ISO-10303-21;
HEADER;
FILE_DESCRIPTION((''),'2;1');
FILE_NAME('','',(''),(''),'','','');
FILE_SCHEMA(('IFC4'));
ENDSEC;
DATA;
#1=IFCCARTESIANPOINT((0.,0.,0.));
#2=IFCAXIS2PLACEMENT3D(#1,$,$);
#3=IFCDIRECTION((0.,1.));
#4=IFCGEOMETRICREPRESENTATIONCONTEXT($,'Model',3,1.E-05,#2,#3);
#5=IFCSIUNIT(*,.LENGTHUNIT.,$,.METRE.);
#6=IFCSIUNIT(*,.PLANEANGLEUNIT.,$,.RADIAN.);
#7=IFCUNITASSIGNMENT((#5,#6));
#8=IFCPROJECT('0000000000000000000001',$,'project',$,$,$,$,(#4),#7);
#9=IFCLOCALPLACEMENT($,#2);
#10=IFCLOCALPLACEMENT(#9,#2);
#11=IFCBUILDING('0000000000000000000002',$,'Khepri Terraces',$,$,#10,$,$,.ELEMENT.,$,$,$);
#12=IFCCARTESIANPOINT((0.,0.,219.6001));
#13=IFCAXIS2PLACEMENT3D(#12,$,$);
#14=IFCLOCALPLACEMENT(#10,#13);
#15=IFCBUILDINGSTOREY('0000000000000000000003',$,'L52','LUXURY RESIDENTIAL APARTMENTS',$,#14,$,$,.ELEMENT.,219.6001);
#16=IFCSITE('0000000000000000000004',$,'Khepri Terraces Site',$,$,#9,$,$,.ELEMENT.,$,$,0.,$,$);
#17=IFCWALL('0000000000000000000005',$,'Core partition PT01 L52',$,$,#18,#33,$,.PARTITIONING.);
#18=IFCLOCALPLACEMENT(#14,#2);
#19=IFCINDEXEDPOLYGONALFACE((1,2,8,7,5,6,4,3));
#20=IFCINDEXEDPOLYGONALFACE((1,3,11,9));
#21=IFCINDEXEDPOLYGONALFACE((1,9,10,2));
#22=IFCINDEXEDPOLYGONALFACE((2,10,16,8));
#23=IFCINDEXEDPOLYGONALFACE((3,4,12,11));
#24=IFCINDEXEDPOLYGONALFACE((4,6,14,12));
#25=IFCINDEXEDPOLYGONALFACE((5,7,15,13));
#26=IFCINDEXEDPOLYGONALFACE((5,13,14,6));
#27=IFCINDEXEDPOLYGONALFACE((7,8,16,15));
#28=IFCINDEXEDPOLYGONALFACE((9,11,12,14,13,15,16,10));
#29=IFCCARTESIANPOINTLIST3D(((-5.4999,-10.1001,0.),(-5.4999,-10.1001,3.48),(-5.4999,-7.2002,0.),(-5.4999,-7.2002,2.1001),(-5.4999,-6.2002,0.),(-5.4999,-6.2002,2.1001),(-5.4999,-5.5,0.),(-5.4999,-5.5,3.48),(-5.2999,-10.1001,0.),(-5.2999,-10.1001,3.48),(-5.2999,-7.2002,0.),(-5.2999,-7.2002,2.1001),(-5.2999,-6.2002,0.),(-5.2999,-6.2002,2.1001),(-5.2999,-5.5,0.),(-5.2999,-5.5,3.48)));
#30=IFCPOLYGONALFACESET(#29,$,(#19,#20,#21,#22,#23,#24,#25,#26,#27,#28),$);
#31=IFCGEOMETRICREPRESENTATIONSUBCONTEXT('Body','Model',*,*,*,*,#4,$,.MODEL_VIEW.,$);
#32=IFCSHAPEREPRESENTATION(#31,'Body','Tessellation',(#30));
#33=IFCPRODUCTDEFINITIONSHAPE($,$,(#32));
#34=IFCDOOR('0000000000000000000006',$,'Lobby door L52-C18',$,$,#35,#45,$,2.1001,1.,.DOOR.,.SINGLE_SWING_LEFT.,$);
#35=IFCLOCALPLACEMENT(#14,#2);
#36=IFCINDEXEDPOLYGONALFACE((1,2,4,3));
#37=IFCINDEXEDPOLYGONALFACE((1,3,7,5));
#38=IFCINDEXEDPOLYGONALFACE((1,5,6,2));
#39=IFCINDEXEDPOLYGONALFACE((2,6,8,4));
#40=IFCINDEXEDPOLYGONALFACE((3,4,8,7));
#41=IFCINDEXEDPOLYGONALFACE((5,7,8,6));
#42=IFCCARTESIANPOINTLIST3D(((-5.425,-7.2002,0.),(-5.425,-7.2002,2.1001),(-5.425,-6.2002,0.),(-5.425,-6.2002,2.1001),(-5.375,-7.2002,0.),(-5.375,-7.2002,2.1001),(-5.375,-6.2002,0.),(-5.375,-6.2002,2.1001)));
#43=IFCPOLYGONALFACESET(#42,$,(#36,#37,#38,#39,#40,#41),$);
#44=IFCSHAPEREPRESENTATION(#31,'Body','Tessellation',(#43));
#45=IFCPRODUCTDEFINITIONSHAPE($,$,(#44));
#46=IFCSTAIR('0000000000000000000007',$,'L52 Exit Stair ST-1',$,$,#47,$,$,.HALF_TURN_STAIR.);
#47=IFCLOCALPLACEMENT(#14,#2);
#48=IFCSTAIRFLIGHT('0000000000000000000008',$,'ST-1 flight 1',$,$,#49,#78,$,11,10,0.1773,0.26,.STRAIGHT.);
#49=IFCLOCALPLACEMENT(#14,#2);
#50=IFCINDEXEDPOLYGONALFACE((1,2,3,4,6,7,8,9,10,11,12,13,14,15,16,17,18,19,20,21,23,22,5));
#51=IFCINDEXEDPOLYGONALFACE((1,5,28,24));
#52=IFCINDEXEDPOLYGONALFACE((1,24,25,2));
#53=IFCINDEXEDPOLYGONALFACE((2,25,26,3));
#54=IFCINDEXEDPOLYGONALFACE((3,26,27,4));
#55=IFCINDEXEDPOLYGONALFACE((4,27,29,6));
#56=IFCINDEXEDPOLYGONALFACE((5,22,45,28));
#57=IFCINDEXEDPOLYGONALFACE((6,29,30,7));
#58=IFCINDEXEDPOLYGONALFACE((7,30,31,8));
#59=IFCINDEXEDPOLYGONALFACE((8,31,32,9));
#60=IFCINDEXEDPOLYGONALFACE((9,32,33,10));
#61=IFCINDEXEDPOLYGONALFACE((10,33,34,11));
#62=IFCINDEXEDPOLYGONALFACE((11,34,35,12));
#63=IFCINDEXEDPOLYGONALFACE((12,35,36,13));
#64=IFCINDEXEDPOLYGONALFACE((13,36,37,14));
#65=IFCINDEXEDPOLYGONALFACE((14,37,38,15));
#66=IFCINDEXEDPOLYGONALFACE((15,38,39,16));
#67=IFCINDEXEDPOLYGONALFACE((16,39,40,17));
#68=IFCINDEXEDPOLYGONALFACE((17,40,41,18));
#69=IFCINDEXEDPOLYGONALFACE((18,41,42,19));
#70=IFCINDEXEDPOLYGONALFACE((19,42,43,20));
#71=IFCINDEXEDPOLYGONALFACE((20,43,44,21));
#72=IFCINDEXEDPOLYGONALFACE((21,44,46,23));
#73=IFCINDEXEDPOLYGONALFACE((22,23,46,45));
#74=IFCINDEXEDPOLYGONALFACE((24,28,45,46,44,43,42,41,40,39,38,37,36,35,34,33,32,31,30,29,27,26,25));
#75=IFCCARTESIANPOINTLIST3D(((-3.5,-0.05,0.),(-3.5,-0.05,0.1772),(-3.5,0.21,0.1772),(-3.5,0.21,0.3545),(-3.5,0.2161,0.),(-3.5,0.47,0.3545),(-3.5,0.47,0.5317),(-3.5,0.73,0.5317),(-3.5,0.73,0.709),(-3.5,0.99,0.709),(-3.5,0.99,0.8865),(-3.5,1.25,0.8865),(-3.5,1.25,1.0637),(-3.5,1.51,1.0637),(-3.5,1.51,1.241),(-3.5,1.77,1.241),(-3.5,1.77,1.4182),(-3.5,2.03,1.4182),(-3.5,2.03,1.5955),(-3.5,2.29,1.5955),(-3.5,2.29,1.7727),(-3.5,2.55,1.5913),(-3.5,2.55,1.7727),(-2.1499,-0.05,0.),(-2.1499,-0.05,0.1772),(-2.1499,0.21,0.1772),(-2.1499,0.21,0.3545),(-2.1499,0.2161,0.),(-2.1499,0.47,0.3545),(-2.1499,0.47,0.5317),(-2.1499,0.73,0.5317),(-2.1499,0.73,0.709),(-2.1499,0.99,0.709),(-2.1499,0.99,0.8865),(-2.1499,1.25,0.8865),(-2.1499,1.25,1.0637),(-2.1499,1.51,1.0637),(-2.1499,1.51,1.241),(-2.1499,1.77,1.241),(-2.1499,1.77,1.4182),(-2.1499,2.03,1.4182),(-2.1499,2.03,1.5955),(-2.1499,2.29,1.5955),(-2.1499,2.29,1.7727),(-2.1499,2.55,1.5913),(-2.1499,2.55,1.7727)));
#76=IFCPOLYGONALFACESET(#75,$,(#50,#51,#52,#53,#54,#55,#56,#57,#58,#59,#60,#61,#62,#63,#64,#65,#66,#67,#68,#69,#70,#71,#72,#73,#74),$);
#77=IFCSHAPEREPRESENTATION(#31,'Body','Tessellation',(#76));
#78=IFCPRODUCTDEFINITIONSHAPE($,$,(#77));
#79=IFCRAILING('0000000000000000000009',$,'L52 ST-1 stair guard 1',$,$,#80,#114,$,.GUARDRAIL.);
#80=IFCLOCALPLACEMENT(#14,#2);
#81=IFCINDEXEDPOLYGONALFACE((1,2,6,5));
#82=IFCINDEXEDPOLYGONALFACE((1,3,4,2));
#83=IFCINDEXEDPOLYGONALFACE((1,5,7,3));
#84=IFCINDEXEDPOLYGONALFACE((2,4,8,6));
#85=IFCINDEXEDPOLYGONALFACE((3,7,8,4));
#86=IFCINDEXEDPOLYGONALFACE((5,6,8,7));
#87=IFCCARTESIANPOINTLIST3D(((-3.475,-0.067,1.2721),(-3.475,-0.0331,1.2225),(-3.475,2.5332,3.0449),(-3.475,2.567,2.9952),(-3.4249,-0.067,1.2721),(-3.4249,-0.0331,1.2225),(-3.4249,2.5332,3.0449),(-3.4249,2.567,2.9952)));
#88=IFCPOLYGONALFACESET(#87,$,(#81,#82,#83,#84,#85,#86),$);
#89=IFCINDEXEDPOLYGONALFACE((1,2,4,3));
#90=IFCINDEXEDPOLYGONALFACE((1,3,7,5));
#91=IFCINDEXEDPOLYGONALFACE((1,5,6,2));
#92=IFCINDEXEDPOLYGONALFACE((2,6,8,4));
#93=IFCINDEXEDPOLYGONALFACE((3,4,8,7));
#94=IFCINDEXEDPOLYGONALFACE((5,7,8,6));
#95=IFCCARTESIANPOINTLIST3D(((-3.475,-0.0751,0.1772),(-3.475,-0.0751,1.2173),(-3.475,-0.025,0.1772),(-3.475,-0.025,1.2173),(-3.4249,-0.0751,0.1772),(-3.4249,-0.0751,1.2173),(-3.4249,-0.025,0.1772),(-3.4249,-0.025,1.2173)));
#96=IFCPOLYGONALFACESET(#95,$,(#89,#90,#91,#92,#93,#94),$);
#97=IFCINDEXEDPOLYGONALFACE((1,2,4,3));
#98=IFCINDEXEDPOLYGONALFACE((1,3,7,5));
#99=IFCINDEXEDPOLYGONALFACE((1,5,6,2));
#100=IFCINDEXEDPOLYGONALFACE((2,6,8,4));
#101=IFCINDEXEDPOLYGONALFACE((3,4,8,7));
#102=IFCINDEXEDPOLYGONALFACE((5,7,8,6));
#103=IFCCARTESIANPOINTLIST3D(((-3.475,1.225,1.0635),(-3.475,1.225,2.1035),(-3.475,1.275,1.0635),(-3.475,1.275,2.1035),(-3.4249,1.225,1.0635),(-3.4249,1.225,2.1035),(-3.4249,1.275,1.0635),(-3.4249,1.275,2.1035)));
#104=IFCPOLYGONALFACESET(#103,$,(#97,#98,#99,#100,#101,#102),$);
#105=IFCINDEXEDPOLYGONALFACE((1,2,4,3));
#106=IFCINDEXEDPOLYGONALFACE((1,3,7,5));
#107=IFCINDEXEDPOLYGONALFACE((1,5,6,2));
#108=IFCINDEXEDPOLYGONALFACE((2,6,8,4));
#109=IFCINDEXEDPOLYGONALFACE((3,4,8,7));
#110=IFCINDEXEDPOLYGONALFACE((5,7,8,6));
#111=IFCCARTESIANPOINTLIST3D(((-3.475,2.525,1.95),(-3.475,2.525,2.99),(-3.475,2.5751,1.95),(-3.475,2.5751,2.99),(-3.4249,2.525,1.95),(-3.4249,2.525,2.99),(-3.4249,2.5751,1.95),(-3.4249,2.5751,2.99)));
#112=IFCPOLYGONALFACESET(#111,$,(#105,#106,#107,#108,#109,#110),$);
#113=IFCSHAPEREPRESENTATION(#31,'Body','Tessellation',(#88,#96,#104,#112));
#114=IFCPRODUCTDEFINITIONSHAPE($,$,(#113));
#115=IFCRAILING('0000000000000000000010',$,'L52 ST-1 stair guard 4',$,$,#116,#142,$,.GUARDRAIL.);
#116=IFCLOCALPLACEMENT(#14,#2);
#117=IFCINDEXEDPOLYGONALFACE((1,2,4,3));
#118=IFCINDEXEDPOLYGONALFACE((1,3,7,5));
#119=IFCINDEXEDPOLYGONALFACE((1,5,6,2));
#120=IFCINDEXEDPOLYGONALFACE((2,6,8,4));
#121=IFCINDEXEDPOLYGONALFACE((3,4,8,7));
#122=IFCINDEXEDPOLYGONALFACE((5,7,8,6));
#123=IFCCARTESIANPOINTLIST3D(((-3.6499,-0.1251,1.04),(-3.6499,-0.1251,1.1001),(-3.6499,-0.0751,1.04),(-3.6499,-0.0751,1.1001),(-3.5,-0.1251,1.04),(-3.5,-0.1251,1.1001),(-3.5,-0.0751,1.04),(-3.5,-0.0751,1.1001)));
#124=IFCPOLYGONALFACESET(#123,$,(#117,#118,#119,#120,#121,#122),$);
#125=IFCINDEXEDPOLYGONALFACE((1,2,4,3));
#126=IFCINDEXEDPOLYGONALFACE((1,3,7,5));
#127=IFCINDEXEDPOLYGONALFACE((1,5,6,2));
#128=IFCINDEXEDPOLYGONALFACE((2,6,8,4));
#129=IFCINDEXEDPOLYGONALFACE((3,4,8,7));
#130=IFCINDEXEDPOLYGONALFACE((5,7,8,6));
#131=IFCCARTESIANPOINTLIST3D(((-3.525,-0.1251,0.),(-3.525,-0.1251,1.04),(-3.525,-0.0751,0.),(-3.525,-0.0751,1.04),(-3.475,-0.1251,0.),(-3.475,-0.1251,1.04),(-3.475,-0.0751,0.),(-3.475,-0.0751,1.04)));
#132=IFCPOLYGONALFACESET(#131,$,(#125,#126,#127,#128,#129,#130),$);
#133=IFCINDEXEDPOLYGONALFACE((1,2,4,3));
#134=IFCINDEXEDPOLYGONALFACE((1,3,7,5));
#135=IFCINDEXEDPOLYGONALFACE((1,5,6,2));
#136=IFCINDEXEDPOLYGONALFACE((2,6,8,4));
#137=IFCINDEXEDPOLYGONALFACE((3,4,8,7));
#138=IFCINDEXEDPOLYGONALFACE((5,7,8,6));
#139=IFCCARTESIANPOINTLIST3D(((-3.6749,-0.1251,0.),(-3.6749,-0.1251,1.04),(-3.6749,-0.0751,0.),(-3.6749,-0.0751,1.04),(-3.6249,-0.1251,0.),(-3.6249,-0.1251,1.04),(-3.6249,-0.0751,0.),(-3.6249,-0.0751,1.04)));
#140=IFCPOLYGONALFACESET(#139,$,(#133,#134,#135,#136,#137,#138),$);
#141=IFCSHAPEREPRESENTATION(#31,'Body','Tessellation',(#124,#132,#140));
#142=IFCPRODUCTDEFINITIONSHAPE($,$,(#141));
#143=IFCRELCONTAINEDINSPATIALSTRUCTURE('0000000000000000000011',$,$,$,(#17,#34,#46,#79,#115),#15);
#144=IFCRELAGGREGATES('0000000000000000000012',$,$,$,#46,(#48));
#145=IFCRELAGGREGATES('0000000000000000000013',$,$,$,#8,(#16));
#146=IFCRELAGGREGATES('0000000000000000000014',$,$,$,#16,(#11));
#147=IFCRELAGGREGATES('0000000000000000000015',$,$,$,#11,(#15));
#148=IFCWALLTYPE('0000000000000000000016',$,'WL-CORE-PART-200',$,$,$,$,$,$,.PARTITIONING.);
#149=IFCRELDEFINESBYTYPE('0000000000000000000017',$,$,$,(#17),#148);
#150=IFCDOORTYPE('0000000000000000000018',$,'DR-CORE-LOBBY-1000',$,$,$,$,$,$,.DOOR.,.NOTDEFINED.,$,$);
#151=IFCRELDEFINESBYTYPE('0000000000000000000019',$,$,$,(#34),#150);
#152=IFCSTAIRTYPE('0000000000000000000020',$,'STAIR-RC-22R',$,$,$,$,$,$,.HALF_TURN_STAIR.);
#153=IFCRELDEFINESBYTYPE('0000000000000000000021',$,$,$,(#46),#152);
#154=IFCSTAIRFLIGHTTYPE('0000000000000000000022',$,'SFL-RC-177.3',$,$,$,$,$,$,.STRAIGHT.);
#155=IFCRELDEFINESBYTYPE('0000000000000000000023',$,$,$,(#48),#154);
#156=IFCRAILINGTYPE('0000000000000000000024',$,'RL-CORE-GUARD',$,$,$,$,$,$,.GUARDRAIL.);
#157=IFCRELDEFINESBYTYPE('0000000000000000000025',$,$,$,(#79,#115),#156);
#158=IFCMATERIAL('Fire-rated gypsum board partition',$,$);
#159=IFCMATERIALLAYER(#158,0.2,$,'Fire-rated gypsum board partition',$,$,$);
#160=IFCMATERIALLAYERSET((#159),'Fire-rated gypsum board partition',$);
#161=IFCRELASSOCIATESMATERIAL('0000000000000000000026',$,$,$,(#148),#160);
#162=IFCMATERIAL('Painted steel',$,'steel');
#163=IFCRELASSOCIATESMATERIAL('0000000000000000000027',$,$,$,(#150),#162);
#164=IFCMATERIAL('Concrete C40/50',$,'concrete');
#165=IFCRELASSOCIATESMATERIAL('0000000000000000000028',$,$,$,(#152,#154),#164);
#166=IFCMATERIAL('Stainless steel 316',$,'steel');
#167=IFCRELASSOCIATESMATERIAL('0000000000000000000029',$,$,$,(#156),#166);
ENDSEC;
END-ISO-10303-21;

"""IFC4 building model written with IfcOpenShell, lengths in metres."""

from ifc_helpers import new_model, si_unit, direction, frame, frame_2d, origin, origin_2d, place, context, subcontext, project, spatial, polyline, rectangle, outline, extrude, material, layer, layer_set, type_object, element, fill, aggregate, save


model = new_model("IFC4")

# Units and contexts
model_context = context("Model", 3, precision=1e-05, world=origin(), true_north=direction((0.0, 1.0)))
body_context = subcontext(model_context, "Body", "Model", "MODEL_VIEW")
ifc_project = project(units=[si_unit("LENGTHUNIT", "METRE"), si_unit("PLANEANGLEUNIT", "RADIAN")], contexts=[model_context])

# Site, building, storey
site_placement = place(None, origin())
site = spatial("IfcSite", under=ifc_project, at=site_placement, Name="Khepri Terraces Site", CompositionType="ELEMENT", RefElevation=0.0)
building_placement = place(site_placement, origin())
building = spatial("IfcBuilding", under=site, at=building_placement, Name="Khepri Terraces", CompositionType="ELEMENT")
storey_placement = place(building_placement, frame((0.0, 0.0, 219.6001)))
storey = spatial("IfcBuildingStorey", under=building, at=storey_placement, Name="L52", Description="LUXURY RESIDENTIAL APARTMENTS", CompositionType="ELEMENT", Elevation=219.6001)

# Shared definitions
ifc_material_1 = material(Name="Painted steel", Category="steel")

# Shared definitions
ifc_material_2 = material(Name="Fire-rated gypsum board partition")

# Wall, opening, door
ifc_layer_1 = layer(ifc_material_2, 0.2, Name="Fire-rated gypsum board partition")
ifc_layer_set_1 = layer_set([ifc_layer_1], Name="Fire-rated gypsum board partition")
wall_type_1 = type_object("IfcWallType", Name="WL-CORE-PART-200", PredefinedType="PARTITIONING", material=ifc_layer_set_1)
wall_1_placement = place(storey_placement, frame((-5.3999, -10.1001, 0.0), z_axis=(0.0, 0.0, 1.0), x_axis=(0.0, 1.0, 0.0)))
wall_1 = element("IfcWall", 1, at=wall_1_placement, inside=storey, type_object=wall_type_1, Name="Core partition PT01 L52", PredefinedType="PARTITIONING", context=body_context, shape_type="SweptSolid", body=[
    extrude(rectangle(XDim=4.6001, YDim=0.2, at=frame_2d((2.3, 0.0))), origin(), (0.0, 0.0, 1.0), 3.48),
])
opening_1_placement = place(wall_1_placement, frame((2.8999, 0.0, 0.0)))
opening_1 = element("IfcOpeningElement", 2, at=opening_1_placement, cuts=wall_1, PredefinedType="OPENING", context=body_context, shape_type="SweptSolid", body=[
    extrude(rectangle(XDim=1.0, YDim=2.1001, at=frame_2d((0.5, 1.05))), frame((0.0, 0.1099, 0.0), z_axis=(0.0, -1.0, 0.0), x_axis=(1.0, 0.0, 0.0)), (0.0, 0.0, 1.0), 0.22),
])
door_type_1 = type_object("IfcDoorType", Name="DR-CORE-LOBBY-1000", OperationType="NOTDEFINED", PredefinedType="DOOR", material=ifc_material_1)
door_1_placement = place(opening_1_placement, frame((1.0, 0.0, 0.0), z_axis=(0.0, 0.0, 1.0), x_axis=(-1.0, 0.0, 0.0)))
door_1 = element("IfcDoor", 3, at=door_1_placement, inside=storey, type_object=door_type_1, Name="Lobby door L52-C18", OperationType="SINGLE_SWING_LEFT", OverallHeight=2.1001, OverallWidth=1.0, PredefinedType="DOOR", context=body_context, shape_type="SweptSolid", body=[
    extrude(rectangle(XDim=1.0, YDim=2.1001, at=frame_2d((0.5, 1.05))), frame((0.0, 0.0249, 0.0), z_axis=(0.0, -1.0, 0.0), x_axis=(1.0, 0.0, 0.0)), (0.0, 0.0, 1.0), 0.05),
])
fill(opening_1, door_1)

# Stair, stair flight
ifc_material_3 = material(Name="Concrete C40/50", Category="concrete")
stair_type = type_object("IfcStairType", Name="STAIR-RC-22R", PredefinedType="HALF_TURN_STAIR", material=ifc_material_3)
stair_placement = place(storey_placement, origin())
stair = element("IfcStair", 4, at=stair_placement, inside=storey, type_object=stair_type, Name="L52 Exit Stair ST-1", PredefinedType="HALF_TURN_STAIR")
stair_flight_type = type_object("IfcStairFlightType", Name="SFL-RC-177.3", PredefinedType="STRAIGHT", material=ifc_material_3)
stair_flight_placement = place(storey_placement, frame((-2.825, -0.05, 0.0), z_axis=(0.0, 0.0, 1.0), x_axis=(0.0, 1.0, 0.0)))
stair_flight = element("IfcStairFlight", 5, at=stair_flight_placement, type_object=stair_flight_type, Name="ST-1 flight 1", NumberOfRisers=11, NumberOfTreads=10, PredefinedType="STRAIGHT", RiserHeight=0.1773, TreadLength=0.26, context=body_context, shape_type="SweptSolid", body=[
    extrude(outline(polyline([(0.0, 0.0), (0.0, 0.1772), (0.26, 0.1772), (0.26, 0.3545), (0.52, 0.3545), (0.52, 0.5317), (0.78, 0.5317), (0.78, 0.709), (1.04, 0.709), (1.04, 0.8865), (1.3, 0.8865), (1.3, 1.0637), (1.5601, 1.0637), (1.5601, 1.241), (1.8201, 1.241), (1.8201, 1.4182), (2.0801, 1.4182), (2.0801, 1.5955), (2.3401, 1.5955), (2.3401, 1.7727), (2.6001, 1.7727), (2.6001, 1.95), (2.6001, 1.5913), (0.2661, 0.0), (0.0, 0.0)])), frame((0.0, 0.675, 0.0), z_axis=(0.0, -1.0, 0.0), x_axis=(1.0, 0.0, 0.0)), (0.0, 0.0, 1.0), 1.3501),
])
aggregate(stair, [stair_flight])

# Railings
ifc_material_4 = material(Name="Stainless steel 316", Category="steel")
railing_type = type_object("IfcRailingType", Name="RL-CORE-GUARD", PredefinedType="GUARDRAIL", material=ifc_material_4)
railing_1_placement = place(storey_placement, frame((-3.45, -0.05, 0.1772)))
element("IfcRailing", 6, at=railing_1_placement, inside=storey, type_object=railing_type, Name="L52 ST-1 stair guard 1", PredefinedType="GUARDRAIL", context=body_context, shape_type="SweptSolid", body=[
    extrude(rectangle(XDim=0.05, YDim=0.0601, at=origin_2d()), frame((0.0, 0.0, 1.0701), z_axis=(0.0, 0.82624, 0.563318), x_axis=(-1.0, 0.0, 0.0)), (0.0, 0.0, 1.0), 3.147),
    extrude(rectangle(XDim=0.05, YDim=0.05, at=origin_2d()), origin(), (0.0, 0.0, 1.0), 1.04),
    extrude(rectangle(XDim=0.05, YDim=0.05, at=origin_2d()), frame((0.0, 1.3, 0.8862)), (0.0, 0.0, 1.0), 1.04),
    extrude(rectangle(XDim=0.05, YDim=0.05, at=origin_2d()), frame((0.0, 2.6001, 1.7727)), (0.0, 0.0, 1.0), 1.04),
])
railing_2_placement = place(storey_placement, frame((-3.5, -0.1001, 0.0)))
element("IfcRailing", 7, at=railing_2_placement, inside=storey, type_object=railing_type, Name="L52 ST-1 stair guard 4", PredefinedType="GUARDRAIL", context=body_context, shape_type="SweptSolid", body=[
    extrude(rectangle(XDim=0.05, YDim=0.0601, at=origin_2d()), frame((0.0, 0.0, 1.0701), z_axis=(-1.0, 0.0, 0.0), x_axis=(0.0, -1.0, 0.0)), (0.0, 0.0, 1.0), 0.1499),
    extrude(rectangle(XDim=0.05, YDim=0.05, at=origin_2d()), origin(), (0.0, 0.0, 1.0), 1.04),
    extrude(rectangle(XDim=0.05, YDim=0.05, at=origin_2d()), frame((-0.1499, 0.0, 0.0)), (0.0, 0.0, 1.0), 1.04),
])

save(model, "model.ifc")
